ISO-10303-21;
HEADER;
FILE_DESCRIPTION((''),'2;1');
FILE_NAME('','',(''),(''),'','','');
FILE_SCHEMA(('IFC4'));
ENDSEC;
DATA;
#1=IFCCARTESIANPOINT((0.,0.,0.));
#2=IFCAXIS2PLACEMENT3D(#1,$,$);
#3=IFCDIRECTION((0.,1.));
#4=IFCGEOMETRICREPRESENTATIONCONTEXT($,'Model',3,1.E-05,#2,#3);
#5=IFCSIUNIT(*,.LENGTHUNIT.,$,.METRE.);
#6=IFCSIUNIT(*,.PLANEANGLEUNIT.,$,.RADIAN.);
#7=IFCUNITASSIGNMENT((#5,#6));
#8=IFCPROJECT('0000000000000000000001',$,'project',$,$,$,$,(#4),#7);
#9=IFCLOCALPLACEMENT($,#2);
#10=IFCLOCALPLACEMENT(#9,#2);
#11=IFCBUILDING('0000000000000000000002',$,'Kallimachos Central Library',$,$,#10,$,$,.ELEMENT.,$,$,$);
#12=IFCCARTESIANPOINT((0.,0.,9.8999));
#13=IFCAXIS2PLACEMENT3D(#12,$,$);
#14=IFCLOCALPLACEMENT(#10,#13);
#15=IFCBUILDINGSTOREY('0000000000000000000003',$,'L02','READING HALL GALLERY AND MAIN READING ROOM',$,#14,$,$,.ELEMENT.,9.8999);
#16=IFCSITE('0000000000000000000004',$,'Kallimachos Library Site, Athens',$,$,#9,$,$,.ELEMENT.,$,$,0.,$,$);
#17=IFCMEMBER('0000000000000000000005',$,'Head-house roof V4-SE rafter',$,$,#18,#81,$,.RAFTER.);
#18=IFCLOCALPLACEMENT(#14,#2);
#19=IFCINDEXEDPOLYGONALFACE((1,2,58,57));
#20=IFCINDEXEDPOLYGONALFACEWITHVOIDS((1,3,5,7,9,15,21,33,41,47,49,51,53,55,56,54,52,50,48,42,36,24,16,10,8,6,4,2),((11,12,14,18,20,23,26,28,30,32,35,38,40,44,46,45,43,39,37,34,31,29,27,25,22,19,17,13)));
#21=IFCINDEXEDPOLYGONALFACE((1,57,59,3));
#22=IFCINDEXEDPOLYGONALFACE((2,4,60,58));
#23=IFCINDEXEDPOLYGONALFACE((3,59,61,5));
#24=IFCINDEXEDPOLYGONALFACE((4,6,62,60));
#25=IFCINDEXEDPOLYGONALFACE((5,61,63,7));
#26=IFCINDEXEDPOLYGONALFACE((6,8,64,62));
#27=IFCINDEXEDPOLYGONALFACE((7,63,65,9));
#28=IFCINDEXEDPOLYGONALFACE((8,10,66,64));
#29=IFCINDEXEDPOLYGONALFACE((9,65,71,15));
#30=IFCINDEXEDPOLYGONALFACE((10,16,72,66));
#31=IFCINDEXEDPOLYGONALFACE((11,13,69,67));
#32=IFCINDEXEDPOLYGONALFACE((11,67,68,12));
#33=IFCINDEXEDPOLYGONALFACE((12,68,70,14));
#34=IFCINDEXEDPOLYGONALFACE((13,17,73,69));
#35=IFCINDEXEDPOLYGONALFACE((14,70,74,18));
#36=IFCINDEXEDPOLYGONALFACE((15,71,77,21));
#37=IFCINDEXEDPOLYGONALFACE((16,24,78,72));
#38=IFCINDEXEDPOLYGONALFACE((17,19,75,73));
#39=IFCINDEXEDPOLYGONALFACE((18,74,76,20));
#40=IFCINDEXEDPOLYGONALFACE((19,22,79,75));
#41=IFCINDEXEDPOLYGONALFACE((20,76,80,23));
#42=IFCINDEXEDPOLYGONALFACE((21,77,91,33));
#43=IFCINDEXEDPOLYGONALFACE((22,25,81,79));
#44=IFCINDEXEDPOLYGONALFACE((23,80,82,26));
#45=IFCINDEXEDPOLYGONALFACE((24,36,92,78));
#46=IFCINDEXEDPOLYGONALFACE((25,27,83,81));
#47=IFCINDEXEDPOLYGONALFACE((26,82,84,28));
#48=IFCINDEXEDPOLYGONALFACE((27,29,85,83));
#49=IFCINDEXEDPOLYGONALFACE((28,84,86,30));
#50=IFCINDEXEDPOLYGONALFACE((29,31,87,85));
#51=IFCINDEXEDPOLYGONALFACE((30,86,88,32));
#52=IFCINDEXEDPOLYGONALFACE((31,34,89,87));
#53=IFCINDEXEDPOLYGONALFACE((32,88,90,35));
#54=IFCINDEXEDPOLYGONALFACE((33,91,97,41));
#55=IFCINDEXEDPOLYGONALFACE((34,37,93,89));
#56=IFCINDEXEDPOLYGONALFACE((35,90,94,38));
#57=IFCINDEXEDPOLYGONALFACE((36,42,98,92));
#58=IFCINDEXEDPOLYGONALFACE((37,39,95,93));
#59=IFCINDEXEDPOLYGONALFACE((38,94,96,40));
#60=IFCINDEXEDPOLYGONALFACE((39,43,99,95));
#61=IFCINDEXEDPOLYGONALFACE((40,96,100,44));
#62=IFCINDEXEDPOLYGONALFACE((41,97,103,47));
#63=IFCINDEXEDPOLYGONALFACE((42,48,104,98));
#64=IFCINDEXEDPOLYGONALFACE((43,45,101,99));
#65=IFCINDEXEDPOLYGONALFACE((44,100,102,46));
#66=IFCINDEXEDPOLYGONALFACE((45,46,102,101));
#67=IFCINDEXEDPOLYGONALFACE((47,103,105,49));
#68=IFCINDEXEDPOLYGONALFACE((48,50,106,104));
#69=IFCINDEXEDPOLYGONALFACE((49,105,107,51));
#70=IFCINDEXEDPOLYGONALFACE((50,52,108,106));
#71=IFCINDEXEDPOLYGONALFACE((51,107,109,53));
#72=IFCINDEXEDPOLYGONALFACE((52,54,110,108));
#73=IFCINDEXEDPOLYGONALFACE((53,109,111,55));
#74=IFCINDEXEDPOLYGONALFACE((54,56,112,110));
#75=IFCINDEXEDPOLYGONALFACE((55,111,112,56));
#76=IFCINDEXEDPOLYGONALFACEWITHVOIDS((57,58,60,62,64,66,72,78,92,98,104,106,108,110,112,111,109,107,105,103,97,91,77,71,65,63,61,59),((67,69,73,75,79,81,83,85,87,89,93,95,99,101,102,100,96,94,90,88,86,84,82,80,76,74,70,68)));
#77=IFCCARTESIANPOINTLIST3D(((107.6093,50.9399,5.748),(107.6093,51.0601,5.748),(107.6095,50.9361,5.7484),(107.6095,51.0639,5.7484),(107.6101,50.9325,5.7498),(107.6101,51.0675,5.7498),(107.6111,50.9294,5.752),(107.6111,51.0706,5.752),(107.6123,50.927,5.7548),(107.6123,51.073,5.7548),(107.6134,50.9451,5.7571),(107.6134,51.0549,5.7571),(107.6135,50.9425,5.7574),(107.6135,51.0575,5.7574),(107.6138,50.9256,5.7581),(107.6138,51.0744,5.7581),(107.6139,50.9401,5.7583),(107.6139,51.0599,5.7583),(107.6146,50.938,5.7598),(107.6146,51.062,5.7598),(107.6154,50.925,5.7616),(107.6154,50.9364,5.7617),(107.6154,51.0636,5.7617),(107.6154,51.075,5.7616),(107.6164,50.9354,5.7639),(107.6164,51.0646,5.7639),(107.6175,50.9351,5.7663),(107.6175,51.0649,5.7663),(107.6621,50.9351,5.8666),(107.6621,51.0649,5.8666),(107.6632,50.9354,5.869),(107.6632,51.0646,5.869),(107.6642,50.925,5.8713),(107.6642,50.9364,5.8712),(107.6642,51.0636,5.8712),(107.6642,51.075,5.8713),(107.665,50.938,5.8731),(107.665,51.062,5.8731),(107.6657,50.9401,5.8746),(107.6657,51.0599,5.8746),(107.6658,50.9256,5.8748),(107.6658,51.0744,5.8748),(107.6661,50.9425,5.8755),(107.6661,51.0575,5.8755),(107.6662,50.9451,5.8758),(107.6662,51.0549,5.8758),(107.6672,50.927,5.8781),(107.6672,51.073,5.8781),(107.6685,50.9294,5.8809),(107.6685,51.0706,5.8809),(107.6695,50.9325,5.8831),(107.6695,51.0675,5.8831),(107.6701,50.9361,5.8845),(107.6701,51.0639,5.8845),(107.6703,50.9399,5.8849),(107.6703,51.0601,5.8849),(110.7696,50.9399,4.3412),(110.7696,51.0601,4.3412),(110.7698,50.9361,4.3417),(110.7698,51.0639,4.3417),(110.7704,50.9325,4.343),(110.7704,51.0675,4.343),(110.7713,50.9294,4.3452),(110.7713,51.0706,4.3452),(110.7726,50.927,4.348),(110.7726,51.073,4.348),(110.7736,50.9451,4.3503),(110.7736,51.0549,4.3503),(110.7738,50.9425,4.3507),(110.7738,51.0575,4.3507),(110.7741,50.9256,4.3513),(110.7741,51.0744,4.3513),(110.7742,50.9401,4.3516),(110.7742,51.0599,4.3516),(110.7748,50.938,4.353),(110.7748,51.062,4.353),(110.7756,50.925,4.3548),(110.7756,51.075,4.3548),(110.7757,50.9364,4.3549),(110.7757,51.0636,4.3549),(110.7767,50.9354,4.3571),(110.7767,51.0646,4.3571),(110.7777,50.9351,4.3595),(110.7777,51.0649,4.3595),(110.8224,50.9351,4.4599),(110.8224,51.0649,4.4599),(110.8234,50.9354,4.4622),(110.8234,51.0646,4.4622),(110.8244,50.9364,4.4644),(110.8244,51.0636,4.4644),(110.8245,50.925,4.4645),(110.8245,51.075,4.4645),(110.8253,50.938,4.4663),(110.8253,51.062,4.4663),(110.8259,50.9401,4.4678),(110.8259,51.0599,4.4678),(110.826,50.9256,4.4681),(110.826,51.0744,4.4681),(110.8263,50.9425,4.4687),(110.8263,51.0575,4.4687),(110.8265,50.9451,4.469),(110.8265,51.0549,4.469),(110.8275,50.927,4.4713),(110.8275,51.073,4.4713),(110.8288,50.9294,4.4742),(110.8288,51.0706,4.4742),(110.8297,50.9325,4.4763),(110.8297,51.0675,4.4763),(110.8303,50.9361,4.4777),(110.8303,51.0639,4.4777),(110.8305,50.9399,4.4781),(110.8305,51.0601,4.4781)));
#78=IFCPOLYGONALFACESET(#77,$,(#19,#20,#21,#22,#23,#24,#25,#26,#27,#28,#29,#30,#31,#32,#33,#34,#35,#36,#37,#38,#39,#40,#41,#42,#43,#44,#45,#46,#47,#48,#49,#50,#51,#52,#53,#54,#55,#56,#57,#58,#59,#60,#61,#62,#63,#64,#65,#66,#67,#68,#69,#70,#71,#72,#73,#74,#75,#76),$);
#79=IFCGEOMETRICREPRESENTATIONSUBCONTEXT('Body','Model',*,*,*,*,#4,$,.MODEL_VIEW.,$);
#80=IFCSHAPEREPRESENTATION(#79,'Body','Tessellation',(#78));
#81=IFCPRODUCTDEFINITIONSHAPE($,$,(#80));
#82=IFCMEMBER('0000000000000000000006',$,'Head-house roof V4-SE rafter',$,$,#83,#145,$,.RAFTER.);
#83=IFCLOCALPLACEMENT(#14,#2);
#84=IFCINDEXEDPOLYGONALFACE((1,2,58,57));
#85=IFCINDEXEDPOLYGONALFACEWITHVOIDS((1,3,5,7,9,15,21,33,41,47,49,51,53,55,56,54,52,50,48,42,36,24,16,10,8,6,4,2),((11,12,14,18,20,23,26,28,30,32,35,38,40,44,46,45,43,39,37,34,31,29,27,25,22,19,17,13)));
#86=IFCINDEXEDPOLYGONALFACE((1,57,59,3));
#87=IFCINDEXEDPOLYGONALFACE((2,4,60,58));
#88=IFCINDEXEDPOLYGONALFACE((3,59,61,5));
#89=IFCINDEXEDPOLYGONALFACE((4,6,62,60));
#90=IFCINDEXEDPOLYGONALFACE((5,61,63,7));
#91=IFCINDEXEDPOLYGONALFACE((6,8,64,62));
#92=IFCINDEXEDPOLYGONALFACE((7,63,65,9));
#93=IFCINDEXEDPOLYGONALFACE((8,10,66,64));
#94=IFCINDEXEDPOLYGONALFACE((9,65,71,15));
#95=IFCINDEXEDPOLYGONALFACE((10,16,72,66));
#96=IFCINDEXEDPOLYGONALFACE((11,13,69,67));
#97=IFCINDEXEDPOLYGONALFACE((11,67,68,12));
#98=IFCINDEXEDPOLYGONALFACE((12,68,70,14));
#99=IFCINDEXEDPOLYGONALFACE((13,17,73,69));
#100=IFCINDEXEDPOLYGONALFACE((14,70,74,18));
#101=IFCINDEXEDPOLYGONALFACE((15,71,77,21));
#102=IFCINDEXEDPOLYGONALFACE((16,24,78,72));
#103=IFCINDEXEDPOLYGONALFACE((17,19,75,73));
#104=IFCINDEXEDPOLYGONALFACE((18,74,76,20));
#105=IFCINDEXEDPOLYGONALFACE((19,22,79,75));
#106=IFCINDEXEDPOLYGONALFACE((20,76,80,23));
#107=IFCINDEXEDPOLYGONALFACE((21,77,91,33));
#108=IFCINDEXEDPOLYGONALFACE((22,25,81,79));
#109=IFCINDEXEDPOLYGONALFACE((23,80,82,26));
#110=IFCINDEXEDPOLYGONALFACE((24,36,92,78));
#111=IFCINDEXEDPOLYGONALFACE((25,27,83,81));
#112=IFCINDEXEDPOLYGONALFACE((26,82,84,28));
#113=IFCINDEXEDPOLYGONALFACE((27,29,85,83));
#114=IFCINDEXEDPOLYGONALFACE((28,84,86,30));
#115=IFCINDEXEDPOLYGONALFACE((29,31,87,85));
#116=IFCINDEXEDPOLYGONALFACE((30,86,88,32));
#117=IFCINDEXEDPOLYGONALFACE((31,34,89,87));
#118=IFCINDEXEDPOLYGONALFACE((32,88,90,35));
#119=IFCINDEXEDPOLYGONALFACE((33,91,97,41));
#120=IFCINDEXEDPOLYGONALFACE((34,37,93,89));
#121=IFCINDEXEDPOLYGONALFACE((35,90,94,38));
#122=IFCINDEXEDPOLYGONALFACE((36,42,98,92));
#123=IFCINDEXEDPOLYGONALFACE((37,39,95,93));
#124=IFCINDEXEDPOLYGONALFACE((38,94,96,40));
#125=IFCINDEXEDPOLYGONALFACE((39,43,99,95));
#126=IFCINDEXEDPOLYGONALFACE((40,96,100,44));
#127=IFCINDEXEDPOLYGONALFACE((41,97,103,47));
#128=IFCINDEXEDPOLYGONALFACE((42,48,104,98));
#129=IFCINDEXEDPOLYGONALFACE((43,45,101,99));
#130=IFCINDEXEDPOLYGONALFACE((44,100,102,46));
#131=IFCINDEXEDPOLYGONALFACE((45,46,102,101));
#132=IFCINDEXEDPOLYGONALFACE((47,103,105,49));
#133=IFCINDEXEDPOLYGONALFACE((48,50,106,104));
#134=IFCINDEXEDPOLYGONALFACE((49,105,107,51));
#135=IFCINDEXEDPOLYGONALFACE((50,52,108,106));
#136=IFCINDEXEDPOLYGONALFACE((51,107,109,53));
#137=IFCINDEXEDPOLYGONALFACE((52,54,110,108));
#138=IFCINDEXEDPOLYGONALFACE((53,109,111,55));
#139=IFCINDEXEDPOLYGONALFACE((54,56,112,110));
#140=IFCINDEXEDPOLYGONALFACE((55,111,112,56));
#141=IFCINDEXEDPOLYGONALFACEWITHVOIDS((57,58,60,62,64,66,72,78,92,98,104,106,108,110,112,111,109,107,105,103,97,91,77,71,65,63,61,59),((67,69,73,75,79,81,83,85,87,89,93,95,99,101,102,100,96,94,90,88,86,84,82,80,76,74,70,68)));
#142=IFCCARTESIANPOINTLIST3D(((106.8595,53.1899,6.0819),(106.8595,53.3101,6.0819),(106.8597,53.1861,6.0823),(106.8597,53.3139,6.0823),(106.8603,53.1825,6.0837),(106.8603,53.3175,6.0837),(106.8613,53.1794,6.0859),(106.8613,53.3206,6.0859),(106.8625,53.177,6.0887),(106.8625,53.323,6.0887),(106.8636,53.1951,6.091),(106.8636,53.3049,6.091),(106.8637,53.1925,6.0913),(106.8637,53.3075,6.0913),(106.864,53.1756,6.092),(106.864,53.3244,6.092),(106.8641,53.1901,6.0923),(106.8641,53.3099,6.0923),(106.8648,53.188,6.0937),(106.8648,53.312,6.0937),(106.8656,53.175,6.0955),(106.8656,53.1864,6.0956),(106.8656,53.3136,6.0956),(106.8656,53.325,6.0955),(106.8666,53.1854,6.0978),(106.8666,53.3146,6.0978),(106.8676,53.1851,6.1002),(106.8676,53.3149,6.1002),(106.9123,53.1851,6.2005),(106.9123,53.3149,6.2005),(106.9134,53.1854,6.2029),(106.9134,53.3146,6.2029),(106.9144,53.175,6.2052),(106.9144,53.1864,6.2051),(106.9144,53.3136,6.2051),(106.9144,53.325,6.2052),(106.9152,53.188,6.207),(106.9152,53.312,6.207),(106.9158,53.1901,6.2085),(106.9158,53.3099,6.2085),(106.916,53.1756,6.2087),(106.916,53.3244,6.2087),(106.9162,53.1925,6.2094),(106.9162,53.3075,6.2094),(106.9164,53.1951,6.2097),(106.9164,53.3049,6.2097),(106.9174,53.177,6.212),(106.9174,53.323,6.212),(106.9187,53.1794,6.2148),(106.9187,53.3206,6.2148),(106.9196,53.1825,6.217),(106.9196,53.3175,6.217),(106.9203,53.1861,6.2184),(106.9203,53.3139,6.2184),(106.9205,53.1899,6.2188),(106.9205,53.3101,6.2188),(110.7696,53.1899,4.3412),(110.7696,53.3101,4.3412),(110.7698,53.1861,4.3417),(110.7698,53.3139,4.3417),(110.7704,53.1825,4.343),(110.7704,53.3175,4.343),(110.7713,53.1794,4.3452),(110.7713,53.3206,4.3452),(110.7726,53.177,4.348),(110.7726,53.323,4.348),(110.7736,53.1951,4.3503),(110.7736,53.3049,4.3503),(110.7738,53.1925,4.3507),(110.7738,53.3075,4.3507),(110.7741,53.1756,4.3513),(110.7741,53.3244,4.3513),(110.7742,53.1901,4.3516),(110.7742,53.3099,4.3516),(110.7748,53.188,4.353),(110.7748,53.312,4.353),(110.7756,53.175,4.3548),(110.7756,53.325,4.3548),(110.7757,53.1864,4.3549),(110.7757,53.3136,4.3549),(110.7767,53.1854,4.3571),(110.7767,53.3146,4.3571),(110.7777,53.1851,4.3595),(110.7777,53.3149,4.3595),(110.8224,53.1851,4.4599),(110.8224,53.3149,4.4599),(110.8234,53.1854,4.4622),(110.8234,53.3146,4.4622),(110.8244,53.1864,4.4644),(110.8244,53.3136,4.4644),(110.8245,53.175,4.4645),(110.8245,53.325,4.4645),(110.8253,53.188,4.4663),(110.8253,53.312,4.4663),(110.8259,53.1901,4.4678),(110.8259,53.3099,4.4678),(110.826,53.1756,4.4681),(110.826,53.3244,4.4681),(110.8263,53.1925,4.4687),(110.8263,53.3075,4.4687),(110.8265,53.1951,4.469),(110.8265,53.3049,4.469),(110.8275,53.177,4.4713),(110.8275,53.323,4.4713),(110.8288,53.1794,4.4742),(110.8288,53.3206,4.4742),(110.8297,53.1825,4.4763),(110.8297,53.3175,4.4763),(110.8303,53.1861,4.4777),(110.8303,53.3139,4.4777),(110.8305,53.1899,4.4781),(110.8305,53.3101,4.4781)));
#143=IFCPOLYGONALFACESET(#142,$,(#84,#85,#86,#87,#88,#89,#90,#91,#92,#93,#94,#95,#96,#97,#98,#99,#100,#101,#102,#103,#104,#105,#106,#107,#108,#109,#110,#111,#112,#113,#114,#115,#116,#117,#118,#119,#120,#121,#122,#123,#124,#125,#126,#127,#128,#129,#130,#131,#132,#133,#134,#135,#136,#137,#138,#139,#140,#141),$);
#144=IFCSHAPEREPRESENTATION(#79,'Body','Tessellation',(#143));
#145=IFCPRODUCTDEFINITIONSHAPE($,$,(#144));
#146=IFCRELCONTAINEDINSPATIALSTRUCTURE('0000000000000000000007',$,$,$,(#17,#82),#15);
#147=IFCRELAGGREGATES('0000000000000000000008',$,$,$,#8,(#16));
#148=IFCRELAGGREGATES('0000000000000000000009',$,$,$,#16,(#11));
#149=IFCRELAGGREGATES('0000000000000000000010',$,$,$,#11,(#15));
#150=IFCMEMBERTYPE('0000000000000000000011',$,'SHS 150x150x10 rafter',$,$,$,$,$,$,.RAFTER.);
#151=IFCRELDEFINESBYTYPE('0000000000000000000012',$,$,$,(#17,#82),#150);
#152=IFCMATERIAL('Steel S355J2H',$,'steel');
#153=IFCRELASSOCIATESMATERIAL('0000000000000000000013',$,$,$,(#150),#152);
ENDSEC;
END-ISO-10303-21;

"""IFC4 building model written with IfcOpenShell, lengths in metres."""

from ifc_helpers import new_model, si_unit, direction, frame, origin, origin_2d, place, context, subcontext, project, spatial, hollow_rectangle, extrude, material, material_profile, profile_set, type_object, element, save


model = new_model("IFC4")

# Units and contexts
model_context = context("Model", 3, precision=1e-05, world=origin(), true_north=direction((0.0, 1.0)))
body_context = subcontext(model_context, "Body", "Model", "MODEL_VIEW")
ifc_project = project(units=[si_unit("LENGTHUNIT", "METRE"), si_unit("PLANEANGLEUNIT", "RADIAN")], contexts=[model_context])

# Site, building, storey
site_placement = place(None, origin())
site = spatial("IfcSite", under=ifc_project, at=site_placement, Name="Kallimachos Library Site, Athens", CompositionType="ELEMENT", RefElevation=0.0)
building_placement = place(site_placement, origin())
building = spatial("IfcBuilding", under=site, at=building_placement, Name="Kallimachos Central Library", CompositionType="ELEMENT")
storey_placement = place(building_placement, frame((0.0, 0.0, 9.8999)))
storey = spatial("IfcBuildingStorey", under=building, at=storey_placement, Name="L02", Description="READING HALL GALLERY AND MAIN READING ROOM", CompositionType="ELEMENT", Elevation=9.8999)

# Members
ifc_material_1 = material(Name="Steel S355J2H", Category="steel")
ifc_material_profile_1 = material_profile(ifc_material_1, hollow_rectangle(XDim=0.1499, YDim=0.1499, WallThickness=0.01, InnerFilletRadius=0.01, OuterFilletRadius=0.0149, at=origin_2d()), Name="SHS 150x150x10")
ifc_profile_set_1 = profile_set([ifc_material_profile_1], Name="Steel S355J2H")
member_type_1 = type_object("IfcMemberType", Name="SHS 150x150x10 rafter", PredefinedType="RAFTER", material=ifc_profile_set_1)
member_1_placement = place(storey_placement, frame((110.8, 51.0, 4.4097), z_axis=(-0.913573, 0.0, 0.406675), x_axis=(0.0, -1.0, 0.0)))
element("IfcMember", 1, at=member_1_placement, inside=storey, type_object=member_type_1, Name="Head-house roof V4-SE rafter", PredefinedType="RAFTER", context=body_context, shape_type="SweptSolid", body=[
    extrude(hollow_rectangle(XDim=0.1499, YDim=0.1499, WallThickness=0.01, InnerFilletRadius=0.01, OuterFilletRadius=0.0149, at=origin_2d()), origin(), (0.0, 0.0, 1.0), 3.4592),
])
member_2_placement = place(storey_placement, frame((110.8, 53.25, 4.4097), z_axis=(-0.913562, 0.0, 0.406699), x_axis=(0.0, -1.0, 0.0)))
element("IfcMember", 2, at=member_2_placement, inside=storey, type_object=member_type_1, Name="Head-house roof V4-SE rafter", PredefinedType="RAFTER", context=body_context, shape_type="SweptSolid", body=[
    extrude(hollow_rectangle(XDim=0.1499, YDim=0.1499, WallThickness=0.01, InnerFilletRadius=0.01, OuterFilletRadius=0.0149, at=origin_2d()), origin(), (0.0, 0.0, 1.0), 4.28),
])

save(model, "model.ifc")
